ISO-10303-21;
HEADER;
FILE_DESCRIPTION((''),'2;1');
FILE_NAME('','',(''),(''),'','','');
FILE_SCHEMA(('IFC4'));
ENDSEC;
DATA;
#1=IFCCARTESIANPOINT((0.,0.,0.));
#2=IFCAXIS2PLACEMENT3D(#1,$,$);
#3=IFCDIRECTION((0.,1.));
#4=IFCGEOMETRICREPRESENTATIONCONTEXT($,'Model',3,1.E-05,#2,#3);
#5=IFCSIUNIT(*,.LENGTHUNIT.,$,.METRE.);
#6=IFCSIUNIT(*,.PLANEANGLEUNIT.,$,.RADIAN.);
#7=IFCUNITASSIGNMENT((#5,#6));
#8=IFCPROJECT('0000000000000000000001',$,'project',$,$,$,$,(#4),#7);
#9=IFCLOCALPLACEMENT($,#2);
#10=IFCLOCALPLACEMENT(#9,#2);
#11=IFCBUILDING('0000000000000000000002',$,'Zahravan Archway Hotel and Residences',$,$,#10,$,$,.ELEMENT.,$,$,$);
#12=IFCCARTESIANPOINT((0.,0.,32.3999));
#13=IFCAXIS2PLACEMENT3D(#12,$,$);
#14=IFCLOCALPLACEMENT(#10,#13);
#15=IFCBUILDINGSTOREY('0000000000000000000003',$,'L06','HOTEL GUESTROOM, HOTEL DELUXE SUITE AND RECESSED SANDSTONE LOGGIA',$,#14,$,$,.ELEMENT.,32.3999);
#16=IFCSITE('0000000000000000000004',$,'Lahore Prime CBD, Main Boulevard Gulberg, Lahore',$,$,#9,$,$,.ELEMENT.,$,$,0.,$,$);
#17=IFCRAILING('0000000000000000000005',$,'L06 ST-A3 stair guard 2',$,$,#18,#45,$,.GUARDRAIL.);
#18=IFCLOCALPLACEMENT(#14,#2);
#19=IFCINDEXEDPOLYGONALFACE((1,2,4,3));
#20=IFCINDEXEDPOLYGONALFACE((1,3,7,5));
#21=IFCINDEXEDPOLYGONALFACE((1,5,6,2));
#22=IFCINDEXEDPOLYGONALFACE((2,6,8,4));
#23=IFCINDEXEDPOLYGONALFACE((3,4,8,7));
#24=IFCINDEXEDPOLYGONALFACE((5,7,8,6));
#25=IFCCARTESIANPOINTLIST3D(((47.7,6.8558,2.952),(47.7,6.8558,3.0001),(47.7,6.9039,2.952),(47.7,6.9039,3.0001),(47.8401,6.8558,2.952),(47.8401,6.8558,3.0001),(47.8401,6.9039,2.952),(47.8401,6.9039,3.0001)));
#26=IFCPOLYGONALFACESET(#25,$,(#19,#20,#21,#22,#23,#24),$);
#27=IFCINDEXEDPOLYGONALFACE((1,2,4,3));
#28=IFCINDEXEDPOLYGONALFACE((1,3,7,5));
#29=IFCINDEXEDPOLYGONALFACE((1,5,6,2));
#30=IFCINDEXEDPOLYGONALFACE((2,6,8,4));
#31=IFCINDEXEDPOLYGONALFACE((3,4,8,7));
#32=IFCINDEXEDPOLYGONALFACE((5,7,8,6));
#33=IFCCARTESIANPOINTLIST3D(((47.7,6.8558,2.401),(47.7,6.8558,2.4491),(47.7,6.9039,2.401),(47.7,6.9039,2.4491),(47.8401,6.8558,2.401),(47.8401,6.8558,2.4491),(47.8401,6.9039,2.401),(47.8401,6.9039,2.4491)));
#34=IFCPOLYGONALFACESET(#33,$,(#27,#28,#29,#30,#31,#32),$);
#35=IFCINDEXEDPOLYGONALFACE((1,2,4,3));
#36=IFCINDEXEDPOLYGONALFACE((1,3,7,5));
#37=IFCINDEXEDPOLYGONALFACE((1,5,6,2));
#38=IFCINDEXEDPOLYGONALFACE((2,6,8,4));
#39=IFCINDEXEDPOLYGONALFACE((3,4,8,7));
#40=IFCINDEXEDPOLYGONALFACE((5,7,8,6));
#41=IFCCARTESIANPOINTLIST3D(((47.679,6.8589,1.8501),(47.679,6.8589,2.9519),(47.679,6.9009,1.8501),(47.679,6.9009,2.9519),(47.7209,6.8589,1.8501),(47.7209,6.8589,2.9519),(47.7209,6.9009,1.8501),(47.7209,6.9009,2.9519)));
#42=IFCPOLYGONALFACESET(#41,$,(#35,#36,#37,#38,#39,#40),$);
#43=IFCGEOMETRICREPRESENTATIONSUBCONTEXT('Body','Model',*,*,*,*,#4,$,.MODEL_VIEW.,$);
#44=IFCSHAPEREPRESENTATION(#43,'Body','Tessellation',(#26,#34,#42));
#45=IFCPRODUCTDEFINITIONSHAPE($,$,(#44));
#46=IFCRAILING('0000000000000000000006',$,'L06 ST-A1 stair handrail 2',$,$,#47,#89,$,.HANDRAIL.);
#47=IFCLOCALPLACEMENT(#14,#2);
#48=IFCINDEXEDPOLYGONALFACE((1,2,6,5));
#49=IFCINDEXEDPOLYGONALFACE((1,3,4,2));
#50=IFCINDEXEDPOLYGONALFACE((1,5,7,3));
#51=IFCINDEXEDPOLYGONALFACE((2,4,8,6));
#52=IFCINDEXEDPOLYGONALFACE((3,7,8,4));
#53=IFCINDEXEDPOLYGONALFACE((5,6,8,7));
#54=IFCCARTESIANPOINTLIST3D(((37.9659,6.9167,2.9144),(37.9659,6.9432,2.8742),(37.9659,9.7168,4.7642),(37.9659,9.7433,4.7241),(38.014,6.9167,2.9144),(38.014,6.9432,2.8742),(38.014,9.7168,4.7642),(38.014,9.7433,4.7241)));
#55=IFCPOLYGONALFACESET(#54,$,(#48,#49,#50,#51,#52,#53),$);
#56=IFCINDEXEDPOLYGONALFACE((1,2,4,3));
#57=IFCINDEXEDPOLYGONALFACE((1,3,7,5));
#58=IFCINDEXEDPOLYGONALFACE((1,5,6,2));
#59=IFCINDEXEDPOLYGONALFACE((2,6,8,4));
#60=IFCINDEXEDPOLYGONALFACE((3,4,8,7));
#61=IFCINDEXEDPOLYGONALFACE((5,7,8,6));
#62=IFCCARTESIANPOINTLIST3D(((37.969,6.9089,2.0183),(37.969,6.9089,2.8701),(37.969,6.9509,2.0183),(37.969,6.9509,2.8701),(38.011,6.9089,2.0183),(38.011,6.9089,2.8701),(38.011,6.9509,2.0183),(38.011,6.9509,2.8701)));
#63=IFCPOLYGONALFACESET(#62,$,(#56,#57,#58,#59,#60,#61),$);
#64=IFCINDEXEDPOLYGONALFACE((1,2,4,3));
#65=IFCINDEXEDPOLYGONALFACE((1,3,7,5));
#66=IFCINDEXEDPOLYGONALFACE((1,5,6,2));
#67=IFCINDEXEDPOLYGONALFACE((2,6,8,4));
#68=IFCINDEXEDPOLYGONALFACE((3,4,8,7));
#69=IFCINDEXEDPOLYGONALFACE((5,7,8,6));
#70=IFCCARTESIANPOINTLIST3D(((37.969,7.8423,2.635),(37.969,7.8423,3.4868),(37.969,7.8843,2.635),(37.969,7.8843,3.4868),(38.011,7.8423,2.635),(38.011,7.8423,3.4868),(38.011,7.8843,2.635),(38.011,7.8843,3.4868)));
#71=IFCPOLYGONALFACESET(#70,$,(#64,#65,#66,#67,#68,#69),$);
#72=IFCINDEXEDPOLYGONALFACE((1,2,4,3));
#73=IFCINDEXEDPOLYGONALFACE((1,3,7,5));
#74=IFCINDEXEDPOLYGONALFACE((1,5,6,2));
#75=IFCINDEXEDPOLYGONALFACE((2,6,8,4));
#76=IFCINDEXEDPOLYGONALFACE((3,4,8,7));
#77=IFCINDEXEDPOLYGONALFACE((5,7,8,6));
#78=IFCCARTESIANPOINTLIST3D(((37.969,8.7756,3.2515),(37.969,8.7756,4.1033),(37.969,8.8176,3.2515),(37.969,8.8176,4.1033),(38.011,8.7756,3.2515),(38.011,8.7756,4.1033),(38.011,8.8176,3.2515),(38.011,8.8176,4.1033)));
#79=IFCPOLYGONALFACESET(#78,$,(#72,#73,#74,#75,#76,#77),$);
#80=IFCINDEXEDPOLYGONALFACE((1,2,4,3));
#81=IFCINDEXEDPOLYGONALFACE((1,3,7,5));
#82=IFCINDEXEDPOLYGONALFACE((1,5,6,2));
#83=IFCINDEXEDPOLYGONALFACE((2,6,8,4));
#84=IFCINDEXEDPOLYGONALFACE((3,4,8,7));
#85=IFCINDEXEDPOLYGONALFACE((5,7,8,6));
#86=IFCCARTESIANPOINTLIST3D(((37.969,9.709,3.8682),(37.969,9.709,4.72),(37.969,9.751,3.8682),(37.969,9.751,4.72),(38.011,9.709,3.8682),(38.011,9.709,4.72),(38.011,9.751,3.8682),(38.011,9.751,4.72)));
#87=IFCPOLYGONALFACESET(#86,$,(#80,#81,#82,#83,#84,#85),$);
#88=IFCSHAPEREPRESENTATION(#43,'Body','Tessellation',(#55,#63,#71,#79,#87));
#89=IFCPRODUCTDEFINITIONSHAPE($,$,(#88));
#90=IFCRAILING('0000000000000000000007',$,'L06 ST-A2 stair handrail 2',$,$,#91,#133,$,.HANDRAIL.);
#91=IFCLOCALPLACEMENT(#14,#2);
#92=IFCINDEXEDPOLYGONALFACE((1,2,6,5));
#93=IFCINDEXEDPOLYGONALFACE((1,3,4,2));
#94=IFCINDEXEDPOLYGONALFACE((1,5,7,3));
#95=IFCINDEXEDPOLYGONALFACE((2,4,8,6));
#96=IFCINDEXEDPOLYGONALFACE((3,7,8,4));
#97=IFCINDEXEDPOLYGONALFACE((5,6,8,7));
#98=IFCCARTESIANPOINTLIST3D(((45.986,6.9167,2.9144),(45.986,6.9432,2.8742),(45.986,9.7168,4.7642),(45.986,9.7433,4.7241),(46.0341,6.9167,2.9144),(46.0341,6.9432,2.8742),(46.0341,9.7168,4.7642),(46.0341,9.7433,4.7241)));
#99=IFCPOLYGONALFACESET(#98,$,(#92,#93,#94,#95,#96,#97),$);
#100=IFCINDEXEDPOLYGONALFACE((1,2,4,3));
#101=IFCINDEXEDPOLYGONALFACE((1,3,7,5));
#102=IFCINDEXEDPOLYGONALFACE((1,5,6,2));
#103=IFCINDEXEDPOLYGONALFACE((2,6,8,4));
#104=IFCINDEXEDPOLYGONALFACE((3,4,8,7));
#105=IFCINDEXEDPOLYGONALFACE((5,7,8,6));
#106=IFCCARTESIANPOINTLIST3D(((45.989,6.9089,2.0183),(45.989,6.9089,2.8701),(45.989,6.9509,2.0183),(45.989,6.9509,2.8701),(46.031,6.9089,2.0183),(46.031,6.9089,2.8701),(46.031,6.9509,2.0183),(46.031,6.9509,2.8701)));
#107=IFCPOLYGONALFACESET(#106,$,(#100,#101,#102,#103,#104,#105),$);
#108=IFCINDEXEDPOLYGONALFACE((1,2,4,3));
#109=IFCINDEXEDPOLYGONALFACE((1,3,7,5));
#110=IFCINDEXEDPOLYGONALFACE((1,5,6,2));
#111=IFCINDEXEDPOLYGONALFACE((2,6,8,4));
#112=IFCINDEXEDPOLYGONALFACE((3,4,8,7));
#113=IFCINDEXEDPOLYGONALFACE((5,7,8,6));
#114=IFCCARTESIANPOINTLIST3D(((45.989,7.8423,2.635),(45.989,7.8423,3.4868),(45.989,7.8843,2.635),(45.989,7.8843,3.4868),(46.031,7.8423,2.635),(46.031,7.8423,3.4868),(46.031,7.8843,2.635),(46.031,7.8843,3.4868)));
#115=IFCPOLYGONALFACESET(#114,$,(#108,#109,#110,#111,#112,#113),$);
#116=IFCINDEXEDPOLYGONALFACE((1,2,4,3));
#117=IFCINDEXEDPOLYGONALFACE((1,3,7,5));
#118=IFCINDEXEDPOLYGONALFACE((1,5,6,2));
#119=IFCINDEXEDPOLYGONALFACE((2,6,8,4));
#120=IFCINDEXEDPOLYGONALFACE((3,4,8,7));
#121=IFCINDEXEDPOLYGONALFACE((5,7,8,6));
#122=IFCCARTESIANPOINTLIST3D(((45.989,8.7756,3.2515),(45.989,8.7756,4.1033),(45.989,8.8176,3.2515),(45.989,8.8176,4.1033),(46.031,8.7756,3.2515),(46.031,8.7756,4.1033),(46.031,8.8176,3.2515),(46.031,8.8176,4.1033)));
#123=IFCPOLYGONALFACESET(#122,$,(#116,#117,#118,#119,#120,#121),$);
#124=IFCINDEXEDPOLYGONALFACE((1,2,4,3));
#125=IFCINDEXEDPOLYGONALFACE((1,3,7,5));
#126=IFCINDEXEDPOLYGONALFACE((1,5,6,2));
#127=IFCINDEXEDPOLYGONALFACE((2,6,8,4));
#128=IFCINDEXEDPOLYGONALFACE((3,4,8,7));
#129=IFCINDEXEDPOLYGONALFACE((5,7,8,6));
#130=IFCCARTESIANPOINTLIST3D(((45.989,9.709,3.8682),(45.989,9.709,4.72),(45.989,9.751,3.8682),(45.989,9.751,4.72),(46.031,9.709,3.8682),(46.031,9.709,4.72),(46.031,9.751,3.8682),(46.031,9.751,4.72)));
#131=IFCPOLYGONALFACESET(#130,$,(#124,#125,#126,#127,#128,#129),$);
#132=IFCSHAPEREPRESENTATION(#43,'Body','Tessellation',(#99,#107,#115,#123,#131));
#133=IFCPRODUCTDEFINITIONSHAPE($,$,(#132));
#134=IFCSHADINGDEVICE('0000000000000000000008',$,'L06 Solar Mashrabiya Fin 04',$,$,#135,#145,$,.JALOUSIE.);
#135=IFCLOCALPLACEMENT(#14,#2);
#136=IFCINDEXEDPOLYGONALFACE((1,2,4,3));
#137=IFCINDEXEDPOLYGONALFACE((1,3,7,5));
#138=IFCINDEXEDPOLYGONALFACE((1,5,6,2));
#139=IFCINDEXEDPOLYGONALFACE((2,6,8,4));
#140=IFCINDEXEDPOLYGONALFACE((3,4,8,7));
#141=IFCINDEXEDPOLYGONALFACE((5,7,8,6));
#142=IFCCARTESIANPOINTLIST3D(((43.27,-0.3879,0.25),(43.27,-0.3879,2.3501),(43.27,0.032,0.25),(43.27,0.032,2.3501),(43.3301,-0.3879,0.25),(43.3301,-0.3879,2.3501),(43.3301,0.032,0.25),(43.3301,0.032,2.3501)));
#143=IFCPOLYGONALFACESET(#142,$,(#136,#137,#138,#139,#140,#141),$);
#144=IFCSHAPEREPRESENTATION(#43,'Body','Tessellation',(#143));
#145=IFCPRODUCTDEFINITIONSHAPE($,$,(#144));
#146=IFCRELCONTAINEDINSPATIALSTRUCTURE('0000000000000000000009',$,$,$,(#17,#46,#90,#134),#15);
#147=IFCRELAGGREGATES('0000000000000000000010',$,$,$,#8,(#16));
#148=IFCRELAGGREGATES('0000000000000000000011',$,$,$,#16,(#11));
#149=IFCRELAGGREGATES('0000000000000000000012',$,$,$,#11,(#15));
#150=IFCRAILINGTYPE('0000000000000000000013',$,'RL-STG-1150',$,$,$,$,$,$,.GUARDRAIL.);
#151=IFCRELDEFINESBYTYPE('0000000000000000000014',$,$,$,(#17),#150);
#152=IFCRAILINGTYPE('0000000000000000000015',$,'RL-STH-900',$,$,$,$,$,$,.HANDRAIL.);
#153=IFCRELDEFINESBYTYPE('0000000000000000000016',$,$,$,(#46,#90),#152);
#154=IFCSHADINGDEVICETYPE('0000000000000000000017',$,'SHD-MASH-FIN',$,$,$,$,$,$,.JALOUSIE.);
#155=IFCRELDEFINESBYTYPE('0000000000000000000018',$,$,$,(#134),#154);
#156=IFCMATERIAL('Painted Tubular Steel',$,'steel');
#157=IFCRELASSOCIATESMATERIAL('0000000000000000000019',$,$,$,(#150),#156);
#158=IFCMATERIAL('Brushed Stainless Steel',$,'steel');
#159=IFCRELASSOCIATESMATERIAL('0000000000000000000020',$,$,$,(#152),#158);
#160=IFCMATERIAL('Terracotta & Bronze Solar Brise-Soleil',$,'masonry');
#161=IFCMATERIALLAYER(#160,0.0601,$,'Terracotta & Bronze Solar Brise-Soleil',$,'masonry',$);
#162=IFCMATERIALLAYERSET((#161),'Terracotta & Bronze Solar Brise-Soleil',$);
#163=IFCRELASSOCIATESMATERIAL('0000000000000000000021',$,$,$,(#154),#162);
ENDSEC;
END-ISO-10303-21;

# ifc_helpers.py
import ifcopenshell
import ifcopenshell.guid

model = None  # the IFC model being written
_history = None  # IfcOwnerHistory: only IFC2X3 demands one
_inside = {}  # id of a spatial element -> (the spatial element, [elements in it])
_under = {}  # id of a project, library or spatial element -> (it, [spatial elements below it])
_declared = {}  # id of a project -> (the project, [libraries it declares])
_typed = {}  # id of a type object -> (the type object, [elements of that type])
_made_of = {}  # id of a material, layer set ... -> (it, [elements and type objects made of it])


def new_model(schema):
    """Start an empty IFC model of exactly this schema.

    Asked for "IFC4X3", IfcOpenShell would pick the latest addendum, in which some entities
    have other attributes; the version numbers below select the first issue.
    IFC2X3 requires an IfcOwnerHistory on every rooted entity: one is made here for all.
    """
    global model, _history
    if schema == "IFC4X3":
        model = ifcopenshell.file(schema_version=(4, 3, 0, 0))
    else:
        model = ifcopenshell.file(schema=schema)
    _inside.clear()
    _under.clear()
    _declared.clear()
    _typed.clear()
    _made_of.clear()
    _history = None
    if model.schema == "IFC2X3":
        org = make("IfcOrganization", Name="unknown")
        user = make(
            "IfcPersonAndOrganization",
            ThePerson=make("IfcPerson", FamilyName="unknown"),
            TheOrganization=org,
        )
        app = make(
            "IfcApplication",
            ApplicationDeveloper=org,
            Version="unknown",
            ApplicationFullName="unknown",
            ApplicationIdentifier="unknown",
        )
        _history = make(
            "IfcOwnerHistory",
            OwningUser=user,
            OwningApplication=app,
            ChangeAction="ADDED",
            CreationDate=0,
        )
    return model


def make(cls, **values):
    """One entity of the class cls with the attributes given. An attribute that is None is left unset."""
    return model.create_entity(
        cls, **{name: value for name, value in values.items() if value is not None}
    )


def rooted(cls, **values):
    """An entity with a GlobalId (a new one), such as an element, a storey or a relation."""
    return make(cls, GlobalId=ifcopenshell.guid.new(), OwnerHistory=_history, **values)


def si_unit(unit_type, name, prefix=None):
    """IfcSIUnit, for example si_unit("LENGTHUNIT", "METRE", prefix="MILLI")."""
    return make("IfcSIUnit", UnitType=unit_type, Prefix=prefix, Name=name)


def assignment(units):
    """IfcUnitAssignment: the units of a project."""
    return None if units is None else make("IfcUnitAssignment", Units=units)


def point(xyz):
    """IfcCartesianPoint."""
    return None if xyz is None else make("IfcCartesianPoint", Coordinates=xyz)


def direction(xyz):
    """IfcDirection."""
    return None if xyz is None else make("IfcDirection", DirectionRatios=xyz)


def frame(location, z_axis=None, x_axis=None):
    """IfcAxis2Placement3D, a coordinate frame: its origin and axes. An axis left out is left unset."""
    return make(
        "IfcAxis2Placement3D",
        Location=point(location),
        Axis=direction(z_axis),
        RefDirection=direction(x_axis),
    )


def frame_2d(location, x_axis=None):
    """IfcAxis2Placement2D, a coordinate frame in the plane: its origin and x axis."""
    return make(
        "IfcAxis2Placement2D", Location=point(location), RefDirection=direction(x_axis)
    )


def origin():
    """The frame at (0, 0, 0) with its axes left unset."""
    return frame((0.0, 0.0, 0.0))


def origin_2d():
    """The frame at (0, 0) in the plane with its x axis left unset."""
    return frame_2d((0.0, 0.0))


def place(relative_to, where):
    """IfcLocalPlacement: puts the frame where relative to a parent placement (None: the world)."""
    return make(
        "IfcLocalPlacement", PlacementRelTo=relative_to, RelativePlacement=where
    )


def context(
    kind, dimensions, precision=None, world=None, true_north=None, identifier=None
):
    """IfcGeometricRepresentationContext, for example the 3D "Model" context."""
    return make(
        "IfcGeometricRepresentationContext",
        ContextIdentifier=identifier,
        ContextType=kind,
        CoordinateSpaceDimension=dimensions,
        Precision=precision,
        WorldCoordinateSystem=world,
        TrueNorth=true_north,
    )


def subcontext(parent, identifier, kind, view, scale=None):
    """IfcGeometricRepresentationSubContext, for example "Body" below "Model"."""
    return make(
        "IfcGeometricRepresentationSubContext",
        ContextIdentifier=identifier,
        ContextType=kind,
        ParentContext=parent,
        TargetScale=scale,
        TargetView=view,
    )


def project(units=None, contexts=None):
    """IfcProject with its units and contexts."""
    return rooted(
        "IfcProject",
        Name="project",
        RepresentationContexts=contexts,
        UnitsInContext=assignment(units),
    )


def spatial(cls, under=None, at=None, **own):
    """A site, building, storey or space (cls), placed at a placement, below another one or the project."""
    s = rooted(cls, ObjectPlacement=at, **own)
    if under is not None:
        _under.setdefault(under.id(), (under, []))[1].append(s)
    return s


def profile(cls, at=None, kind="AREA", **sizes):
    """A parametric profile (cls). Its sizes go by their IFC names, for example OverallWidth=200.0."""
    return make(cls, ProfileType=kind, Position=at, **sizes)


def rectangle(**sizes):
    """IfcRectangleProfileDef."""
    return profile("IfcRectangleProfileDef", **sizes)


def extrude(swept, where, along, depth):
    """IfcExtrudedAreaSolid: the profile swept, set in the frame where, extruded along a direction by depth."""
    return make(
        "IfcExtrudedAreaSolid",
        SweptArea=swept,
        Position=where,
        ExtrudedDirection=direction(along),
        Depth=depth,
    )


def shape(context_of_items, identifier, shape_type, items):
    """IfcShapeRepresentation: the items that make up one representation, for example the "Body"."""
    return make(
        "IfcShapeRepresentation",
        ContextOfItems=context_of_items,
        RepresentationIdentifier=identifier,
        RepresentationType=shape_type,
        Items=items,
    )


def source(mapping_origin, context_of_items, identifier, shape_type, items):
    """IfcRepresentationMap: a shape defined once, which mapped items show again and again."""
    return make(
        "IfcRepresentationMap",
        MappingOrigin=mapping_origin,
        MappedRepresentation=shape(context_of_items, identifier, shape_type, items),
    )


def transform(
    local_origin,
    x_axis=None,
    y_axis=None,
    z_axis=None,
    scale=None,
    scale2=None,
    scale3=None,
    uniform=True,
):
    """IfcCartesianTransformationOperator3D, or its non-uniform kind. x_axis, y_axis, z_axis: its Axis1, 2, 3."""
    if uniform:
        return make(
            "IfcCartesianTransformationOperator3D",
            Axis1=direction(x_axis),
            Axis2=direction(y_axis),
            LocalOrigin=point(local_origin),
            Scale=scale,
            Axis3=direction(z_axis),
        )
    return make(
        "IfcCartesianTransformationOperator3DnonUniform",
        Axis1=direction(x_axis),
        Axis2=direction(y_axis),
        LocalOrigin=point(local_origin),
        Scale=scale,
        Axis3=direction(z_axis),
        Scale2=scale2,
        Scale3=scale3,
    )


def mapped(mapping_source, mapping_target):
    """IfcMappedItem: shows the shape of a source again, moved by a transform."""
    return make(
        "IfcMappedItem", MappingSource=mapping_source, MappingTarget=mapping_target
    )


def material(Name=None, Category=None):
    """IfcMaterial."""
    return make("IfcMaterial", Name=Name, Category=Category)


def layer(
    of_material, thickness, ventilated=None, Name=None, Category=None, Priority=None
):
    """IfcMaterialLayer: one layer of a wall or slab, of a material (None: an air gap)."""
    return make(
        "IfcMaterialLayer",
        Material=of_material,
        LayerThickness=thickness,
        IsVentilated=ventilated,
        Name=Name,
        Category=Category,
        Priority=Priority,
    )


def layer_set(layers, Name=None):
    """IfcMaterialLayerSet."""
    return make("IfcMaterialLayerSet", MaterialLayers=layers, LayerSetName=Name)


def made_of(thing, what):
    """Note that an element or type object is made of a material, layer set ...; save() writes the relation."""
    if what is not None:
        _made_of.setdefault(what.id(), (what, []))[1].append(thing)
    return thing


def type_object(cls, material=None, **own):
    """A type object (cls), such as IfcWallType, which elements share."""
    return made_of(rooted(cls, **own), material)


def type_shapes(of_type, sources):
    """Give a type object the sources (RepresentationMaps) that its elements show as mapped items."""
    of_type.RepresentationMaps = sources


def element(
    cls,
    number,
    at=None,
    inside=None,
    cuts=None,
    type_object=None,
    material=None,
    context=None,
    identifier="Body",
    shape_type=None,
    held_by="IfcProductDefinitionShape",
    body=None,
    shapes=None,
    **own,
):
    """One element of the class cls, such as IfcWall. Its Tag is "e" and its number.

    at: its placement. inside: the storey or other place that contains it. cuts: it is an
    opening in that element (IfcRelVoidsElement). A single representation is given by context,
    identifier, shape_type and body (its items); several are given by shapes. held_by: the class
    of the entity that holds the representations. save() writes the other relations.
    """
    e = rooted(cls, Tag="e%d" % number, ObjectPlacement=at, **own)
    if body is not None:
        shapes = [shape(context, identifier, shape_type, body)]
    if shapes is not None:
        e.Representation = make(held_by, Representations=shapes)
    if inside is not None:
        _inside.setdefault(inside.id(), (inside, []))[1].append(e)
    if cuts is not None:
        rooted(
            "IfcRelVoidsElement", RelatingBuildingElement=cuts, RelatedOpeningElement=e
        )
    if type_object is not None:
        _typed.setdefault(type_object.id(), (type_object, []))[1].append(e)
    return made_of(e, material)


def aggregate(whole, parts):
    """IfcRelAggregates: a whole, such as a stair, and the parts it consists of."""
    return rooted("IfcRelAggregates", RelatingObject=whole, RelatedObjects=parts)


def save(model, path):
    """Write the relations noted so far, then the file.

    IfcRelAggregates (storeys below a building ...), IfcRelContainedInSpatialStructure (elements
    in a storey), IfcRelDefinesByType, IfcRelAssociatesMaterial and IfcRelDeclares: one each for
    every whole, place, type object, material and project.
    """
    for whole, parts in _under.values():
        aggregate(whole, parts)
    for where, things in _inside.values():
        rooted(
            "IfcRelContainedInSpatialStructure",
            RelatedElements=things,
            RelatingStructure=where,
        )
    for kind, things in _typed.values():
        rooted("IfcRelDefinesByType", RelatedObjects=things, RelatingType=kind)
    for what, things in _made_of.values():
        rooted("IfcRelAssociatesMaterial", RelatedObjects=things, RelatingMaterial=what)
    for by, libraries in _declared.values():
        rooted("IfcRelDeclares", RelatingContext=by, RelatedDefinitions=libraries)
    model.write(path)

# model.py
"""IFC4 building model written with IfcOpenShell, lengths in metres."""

from ifc_helpers import new_model, si_unit, direction, frame, origin, origin_2d, place, context, subcontext, project, spatial, rectangle, extrude, source, transform, mapped, material, layer, layer_set, type_object, type_shapes, element, save


model = new_model("IFC4")

# Units and contexts
model_context = context("Model", 3, precision=1e-05, world=origin(), true_north=direction((0.0, 1.0)))
body_context = subcontext(model_context, "Body", "Model", "MODEL_VIEW")
ifc_project = project(units=[si_unit("LENGTHUNIT", "METRE"), si_unit("PLANEANGLEUNIT", "RADIAN")], contexts=[model_context])

# Site, building, storey
site_placement = place(None, origin())
site = spatial("IfcSite", under=ifc_project, at=site_placement, Name="Lahore Prime CBD, Main Boulevard Gulberg, Lahore", CompositionType="ELEMENT", RefElevation=0.0)
building_placement = place(site_placement, origin())
building = spatial("IfcBuilding", under=site, at=building_placement, Name="Zahravan Archway Hotel and Residences", CompositionType="ELEMENT")
storey_placement = place(building_placement, frame((0.0, 0.0, 32.3999)))
storey = spatial("IfcBuildingStorey", under=building, at=storey_placement, Name="L06", Description="HOTEL GUESTROOM, HOTEL DELUXE SUITE AND RECESSED SANDSTONE LOGGIA", CompositionType="ELEMENT", Elevation=32.3999)

# Railings
ifc_material_1 = material(Name="Painted Tubular Steel", Category="steel")
railing_type_1 = type_object("IfcRailingType", Name="RL-STG-1150", PredefinedType="GUARDRAIL", material=ifc_material_1)
railing_1_placement = place(storey_placement, frame((47.7, 6.8799, 1.8501)))
element("IfcRailing", 1, at=railing_1_placement, inside=storey, type_object=railing_type_1, Name="L06 ST-A3 stair guard 2", PredefinedType="GUARDRAIL", context=body_context, shape_type="SweptSolid", body=[
    extrude(rectangle(XDim=0.0481, YDim=0.0481, at=origin_2d()), frame((0.0, 0.0, 1.126), z_axis=(1.0, 0.0, 0.0), x_axis=(0.0, 1.0, 0.0)), (0.0, 0.0, 1.0), 0.1401),
    extrude(rectangle(XDim=0.0481, YDim=0.0481, at=origin_2d()), frame((0.0, 0.0, 0.575), z_axis=(1.0, 0.0, 0.0), x_axis=(0.0, 1.0, 0.0)), (0.0, 0.0, 1.0), 0.1401),
    extrude(rectangle(XDim=0.042, YDim=0.042, at=origin_2d()), origin(), (0.0, 0.0, 1.0), 1.1018),
])
ifc_material_2 = material(Name="Brushed Stainless Steel", Category="steel")
railing_type_2 = type_object("IfcRailingType", Name="RL-STH-900", PredefinedType="HANDRAIL", material=ifc_material_2)
for number, where, name in (
    (2, (37.99, 6.9299, 2.0183), "L06 ST-A1 stair handrail 2"),
    (3, (46.01, 6.9299, 2.0183), "L06 ST-A2 stair handrail 2"),
):
    element("IfcRailing", number, at=place(storey_placement, frame(where)), inside=storey, type_object=railing_type_2, Name=name, PredefinedType="HANDRAIL", context=body_context, shape_type="SweptSolid", body=[
        extrude(rectangle(XDim=0.0481, YDim=0.0481, at=origin_2d()), frame((0.0, 0.0, 0.876), z_axis=(0.0, 0.83436, 0.55122), x_axis=(-1.0, 0.0, 0.0)), (0.0, 0.0, 1.0), 3.356),
        extrude(rectangle(XDim=0.042, YDim=0.042, at=origin_2d()), origin(), (0.0, 0.0, 1.0), 0.8518),
        extrude(rectangle(XDim=0.042, YDim=0.042, at=origin_2d()), frame((0.0, 0.9333, 0.6167)), (0.0, 0.0, 1.0), 0.8518),
        extrude(rectangle(XDim=0.042, YDim=0.042, at=origin_2d()), frame((0.0, 1.8667, 1.2332)), (0.0, 0.0, 1.0), 0.8518),
        extrude(rectangle(XDim=0.042, YDim=0.042, at=origin_2d()), frame((0.0, 2.8, 1.8499)), (0.0, 0.0, 1.0), 0.8518),
    ])

# Shading device
ifc_material_3 = material(Name="Terracotta & Bronze Solar Brise-Soleil", Category="masonry")
ifc_layer_1 = layer(ifc_material_3, 0.0601, Name="Terracotta & Bronze Solar Brise-Soleil", Category="masonry")
ifc_layer_set_1 = layer_set([ifc_layer_1], Name="Terracotta & Bronze Solar Brise-Soleil")
shading_device_type = type_object("IfcShadingDeviceType", Name="SHD-MASH-FIN", PredefinedType="JALOUSIE", material=ifc_layer_set_1)
shared_shape_1 = source(origin(), body_context, "Body", "SweptSolid", [
    extrude(rectangle(XDim=0.0601, YDim=0.4199, at=origin_2d()), origin(), (0.0, 0.0, 1.0), 2.1001),
])
type_shapes(shading_device_type, [shared_shape_1])
shading_device_placement = place(storey_placement, frame((43.3, -0.178, 0.25), z_axis=(0.0, 0.0, 1.0), x_axis=(1.0, 0.0, 0.0)))
element("IfcShadingDevice", 4, at=shading_device_placement, inside=storey, type_object=shading_device_type, Name="L06 Solar Mashrabiya Fin 04", PredefinedType="JALOUSIE", context=body_context, shape_type="MappedRepresentation", body=[
    mapped(shared_shape_1, transform((0.0, 0.0, 0.0), scale=1.0)),
])

save(model, "model.ifc")
